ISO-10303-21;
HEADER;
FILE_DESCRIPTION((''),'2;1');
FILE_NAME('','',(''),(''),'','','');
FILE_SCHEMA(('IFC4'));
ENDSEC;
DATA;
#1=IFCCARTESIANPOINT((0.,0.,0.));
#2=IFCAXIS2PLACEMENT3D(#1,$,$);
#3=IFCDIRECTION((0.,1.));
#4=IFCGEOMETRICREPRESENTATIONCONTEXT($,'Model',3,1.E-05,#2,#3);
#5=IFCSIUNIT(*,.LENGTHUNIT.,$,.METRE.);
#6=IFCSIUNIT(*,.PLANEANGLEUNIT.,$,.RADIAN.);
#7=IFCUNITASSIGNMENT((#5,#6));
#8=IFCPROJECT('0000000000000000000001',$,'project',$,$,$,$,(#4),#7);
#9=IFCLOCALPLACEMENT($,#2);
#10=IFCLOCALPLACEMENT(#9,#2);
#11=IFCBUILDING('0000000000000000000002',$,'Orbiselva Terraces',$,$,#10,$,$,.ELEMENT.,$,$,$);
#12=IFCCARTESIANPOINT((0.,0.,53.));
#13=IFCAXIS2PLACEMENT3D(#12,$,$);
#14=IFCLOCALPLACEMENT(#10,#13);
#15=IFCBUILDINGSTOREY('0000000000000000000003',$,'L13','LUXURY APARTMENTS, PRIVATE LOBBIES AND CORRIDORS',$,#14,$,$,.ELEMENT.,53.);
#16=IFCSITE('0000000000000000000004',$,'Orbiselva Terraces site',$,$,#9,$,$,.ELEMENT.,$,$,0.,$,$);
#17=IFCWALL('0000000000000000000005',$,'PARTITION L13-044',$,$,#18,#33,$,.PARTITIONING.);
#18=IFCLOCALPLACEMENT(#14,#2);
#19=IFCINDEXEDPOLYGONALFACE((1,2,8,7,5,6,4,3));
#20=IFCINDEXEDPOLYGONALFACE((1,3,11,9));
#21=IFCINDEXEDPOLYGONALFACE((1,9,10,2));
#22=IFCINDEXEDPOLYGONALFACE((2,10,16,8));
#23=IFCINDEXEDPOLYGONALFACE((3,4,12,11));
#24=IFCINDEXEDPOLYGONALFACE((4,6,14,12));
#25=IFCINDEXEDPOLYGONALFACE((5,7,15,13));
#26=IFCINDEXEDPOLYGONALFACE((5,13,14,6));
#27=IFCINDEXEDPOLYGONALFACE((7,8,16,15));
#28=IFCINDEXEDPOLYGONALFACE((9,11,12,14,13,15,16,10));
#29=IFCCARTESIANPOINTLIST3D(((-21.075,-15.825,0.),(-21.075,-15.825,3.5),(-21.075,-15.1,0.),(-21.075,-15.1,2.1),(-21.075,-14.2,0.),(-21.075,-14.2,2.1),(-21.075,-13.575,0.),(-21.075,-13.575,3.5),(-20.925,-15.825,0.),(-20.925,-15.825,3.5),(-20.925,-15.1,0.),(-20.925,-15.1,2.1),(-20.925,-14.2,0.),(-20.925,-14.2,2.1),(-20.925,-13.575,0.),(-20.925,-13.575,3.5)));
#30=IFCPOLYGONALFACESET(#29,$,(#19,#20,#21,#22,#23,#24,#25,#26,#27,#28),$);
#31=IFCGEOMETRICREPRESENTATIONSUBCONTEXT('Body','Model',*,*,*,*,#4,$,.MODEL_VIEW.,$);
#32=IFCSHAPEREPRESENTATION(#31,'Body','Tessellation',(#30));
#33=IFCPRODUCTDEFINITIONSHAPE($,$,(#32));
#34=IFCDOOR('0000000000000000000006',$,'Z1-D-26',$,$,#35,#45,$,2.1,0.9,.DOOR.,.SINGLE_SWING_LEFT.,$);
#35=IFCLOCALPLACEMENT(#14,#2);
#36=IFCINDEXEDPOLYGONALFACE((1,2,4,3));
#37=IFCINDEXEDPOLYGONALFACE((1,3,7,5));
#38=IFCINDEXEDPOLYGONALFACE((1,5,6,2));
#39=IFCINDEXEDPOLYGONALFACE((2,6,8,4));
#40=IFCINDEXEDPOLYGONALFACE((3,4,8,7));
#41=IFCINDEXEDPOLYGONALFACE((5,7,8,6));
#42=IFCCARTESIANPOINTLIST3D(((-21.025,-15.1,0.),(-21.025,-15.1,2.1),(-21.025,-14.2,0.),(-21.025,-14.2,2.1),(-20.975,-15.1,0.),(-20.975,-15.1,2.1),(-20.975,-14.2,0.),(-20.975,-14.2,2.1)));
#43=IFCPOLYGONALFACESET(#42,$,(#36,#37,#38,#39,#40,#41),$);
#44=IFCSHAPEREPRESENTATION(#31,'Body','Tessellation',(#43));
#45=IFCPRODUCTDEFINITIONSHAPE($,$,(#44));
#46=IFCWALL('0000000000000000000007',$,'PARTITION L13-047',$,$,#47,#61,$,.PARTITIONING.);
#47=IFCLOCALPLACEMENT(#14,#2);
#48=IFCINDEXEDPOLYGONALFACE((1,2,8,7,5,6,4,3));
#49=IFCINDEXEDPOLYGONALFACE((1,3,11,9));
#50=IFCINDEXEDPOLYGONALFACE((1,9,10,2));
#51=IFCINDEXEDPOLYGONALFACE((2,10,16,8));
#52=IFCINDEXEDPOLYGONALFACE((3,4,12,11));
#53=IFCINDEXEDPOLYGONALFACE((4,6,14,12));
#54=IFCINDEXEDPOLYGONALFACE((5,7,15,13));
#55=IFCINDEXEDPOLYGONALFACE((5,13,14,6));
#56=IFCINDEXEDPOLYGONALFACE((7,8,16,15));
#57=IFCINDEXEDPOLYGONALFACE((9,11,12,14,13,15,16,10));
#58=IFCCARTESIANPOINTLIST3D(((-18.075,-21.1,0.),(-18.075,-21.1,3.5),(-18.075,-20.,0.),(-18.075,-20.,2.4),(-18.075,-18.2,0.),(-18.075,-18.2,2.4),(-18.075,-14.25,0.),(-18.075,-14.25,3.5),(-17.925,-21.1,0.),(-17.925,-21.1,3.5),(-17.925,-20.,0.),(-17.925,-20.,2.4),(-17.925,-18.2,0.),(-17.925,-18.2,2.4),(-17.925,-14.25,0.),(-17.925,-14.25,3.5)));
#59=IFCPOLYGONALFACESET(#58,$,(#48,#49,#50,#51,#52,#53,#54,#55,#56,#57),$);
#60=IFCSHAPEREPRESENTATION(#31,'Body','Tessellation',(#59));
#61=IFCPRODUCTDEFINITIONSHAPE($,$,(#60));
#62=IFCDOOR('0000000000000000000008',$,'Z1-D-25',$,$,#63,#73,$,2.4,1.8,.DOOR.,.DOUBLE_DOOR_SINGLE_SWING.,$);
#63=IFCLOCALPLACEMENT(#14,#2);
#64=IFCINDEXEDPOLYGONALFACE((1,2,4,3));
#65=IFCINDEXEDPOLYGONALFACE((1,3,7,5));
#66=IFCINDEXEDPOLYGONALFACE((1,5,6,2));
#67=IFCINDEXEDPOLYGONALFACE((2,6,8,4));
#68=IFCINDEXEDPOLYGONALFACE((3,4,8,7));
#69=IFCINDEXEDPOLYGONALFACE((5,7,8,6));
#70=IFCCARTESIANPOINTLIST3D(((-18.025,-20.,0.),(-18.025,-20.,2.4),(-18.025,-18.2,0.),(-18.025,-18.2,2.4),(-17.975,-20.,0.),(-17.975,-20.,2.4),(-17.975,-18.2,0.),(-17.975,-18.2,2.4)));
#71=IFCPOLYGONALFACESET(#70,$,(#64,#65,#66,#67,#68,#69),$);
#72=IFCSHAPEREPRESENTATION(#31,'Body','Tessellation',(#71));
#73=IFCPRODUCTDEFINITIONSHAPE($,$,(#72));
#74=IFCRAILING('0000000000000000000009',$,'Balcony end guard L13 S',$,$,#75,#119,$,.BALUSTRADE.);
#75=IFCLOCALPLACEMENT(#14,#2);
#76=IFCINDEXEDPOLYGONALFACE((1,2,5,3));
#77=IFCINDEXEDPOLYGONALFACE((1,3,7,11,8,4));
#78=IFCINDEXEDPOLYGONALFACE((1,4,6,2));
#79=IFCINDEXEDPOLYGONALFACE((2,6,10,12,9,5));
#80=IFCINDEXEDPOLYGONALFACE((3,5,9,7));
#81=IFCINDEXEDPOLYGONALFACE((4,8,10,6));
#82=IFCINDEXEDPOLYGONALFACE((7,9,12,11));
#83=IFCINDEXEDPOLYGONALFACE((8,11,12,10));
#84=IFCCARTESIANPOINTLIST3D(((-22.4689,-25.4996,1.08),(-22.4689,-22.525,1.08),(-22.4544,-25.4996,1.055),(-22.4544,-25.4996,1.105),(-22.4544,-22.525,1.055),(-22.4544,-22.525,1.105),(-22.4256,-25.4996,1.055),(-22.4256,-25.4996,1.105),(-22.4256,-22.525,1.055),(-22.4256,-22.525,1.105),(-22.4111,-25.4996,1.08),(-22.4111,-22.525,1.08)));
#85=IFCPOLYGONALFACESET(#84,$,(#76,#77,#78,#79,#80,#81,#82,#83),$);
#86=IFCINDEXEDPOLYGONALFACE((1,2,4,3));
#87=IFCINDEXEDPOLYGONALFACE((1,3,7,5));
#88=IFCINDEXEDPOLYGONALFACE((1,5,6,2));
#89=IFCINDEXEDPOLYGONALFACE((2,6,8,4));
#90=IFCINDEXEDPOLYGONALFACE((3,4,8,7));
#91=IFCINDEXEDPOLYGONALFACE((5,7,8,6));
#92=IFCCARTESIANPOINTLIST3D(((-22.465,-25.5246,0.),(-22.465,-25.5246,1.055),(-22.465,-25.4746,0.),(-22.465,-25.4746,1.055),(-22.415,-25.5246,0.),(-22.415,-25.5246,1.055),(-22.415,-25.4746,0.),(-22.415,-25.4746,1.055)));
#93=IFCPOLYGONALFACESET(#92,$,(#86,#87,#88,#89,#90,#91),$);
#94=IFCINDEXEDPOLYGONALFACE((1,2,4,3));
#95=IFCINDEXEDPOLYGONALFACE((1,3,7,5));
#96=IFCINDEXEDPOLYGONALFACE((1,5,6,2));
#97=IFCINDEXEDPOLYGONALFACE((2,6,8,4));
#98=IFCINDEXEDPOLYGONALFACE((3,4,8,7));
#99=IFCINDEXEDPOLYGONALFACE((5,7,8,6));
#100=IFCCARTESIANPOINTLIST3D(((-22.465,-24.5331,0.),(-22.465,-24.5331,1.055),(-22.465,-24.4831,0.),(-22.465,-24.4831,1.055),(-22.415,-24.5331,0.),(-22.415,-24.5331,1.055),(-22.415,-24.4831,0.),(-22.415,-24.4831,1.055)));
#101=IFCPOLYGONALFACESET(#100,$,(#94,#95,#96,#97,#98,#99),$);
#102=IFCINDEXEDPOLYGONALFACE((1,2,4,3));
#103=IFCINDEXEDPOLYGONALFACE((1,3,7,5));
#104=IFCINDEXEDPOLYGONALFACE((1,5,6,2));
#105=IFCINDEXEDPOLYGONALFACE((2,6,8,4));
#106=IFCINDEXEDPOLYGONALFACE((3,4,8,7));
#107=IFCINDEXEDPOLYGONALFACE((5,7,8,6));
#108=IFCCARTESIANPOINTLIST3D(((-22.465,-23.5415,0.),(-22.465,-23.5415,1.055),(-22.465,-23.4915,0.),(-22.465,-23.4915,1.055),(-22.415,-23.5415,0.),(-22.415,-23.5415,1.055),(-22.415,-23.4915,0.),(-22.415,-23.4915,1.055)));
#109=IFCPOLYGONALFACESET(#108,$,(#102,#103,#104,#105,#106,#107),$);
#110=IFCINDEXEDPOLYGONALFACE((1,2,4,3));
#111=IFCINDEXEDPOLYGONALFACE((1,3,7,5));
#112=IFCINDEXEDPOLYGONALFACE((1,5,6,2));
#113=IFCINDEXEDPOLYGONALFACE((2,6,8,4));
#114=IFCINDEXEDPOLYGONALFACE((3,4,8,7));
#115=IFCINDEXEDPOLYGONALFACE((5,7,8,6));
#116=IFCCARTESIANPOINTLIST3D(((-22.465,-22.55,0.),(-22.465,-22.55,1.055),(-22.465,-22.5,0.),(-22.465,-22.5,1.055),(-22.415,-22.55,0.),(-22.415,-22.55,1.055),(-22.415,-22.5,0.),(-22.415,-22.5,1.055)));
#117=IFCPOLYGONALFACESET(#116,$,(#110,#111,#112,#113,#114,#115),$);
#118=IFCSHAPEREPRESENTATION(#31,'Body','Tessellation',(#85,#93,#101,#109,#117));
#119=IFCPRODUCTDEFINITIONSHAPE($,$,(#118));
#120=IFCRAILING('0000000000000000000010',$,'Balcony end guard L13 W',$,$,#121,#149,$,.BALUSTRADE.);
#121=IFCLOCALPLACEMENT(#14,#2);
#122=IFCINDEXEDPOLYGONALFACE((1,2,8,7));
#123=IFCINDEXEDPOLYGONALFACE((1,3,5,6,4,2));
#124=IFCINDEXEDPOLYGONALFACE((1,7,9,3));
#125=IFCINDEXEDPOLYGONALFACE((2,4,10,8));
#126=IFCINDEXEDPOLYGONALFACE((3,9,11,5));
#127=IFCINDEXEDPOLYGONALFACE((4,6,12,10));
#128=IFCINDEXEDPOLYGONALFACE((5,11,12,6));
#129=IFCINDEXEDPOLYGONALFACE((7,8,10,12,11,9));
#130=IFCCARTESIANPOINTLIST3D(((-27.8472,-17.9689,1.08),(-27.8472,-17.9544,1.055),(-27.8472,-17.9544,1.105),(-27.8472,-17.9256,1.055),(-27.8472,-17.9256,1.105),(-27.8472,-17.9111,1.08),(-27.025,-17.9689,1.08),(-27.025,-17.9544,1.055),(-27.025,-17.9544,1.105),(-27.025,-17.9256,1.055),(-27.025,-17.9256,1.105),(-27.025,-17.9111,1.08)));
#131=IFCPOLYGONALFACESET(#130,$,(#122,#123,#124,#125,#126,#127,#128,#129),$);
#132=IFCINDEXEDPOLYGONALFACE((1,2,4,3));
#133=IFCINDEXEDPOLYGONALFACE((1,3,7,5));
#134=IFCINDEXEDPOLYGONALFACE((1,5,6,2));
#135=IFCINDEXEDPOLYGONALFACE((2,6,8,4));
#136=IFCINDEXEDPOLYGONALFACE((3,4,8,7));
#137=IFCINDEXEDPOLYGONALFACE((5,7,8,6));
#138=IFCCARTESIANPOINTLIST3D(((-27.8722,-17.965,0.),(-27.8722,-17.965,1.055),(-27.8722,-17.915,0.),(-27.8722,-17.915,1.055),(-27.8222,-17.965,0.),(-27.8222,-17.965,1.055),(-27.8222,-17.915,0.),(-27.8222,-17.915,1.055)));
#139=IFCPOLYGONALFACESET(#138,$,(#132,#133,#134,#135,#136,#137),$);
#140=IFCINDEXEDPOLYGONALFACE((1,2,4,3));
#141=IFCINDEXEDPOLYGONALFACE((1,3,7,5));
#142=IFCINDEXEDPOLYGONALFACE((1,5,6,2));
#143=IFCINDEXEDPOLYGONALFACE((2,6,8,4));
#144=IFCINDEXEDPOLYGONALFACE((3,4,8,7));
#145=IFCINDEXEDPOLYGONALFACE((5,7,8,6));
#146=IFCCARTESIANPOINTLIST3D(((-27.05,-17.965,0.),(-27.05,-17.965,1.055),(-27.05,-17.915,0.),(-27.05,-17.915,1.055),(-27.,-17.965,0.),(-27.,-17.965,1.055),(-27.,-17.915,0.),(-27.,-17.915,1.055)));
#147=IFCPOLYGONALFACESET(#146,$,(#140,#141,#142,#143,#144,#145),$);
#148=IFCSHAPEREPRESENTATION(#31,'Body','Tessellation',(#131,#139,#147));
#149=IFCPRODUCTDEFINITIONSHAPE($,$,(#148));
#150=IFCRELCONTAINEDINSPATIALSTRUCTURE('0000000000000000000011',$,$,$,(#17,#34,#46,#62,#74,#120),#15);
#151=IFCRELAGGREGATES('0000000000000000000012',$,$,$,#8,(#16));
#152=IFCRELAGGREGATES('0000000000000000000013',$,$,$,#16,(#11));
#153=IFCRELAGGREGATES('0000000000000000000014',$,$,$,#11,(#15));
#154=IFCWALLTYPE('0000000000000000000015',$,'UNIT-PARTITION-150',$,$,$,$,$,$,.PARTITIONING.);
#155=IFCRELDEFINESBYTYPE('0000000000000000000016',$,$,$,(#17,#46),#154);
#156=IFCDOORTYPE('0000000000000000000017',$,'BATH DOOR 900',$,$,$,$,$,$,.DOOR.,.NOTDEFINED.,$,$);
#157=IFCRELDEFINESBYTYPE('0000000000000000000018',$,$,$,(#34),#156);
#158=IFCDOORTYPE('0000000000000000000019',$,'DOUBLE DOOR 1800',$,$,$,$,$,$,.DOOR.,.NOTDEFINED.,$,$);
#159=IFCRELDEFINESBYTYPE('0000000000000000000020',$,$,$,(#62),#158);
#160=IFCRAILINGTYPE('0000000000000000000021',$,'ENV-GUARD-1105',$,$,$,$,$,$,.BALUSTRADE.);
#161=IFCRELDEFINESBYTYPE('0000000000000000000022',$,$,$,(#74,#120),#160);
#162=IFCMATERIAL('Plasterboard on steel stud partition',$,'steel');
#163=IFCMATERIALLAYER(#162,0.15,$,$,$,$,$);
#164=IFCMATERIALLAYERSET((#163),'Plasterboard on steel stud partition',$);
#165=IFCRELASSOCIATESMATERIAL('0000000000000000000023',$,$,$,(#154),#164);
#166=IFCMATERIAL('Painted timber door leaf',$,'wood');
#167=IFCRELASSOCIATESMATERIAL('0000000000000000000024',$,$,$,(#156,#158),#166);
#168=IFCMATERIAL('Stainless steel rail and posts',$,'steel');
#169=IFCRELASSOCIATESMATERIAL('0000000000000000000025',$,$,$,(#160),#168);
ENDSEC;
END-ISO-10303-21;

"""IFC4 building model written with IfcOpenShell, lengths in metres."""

from ifc_helpers import new_model, si_unit, direction, frame, frame_2d, origin, origin_2d, place, context, subcontext, project, spatial, polyline, rectangle, outline, extrude, material, layer, layer_set, type_object, element, fill, save


model = new_model("IFC4")

# Units and contexts
model_context = context("Model", 3, precision=1e-05, world=origin(), true_north=direction((0.0, 1.0)))
body_context = subcontext(model_context, "Body", "Model", "MODEL_VIEW")
ifc_project = project(units=[si_unit("LENGTHUNIT", "METRE"), si_unit("PLANEANGLEUNIT", "RADIAN")], contexts=[model_context])

# Site, building, storey
site_placement = place(None, origin())
site = spatial("IfcSite", under=ifc_project, at=site_placement, Name="Orbiselva Terraces site", CompositionType="ELEMENT", RefElevation=0.0)
building_placement = place(site_placement, origin())
building = spatial("IfcBuilding", under=site, at=building_placement, Name="Orbiselva Terraces", CompositionType="ELEMENT")
storey_placement = place(building_placement, frame((0.0, 0.0, 53.0)))
storey = spatial("IfcBuildingStorey", under=building, at=storey_placement, Name="L13", Description="LUXURY APARTMENTS, PRIVATE LOBBIES AND CORRIDORS", CompositionType="ELEMENT", Elevation=53.0)

# Shared definitions
ifc_material_1 = material(Name="Plasterboard on steel stud partition", Category="steel")
ifc_layer_1 = layer(ifc_material_1, 0.15)
ifc_layer_set_1 = layer_set([ifc_layer_1], Name="Plasterboard on steel stud partition")
wall_type_1 = type_object("IfcWallType", Name="UNIT-PARTITION-150", PredefinedType="PARTITIONING", material=ifc_layer_set_1)

# Walls, openings, doors
wall_1_placement = place(storey_placement, frame((-21.0, -13.575, 0.0), z_axis=(0.0, 0.0, 1.0), x_axis=(0.0, -1.0, 0.0)))
wall_1 = element("IfcWall", 1, at=wall_1_placement, inside=storey, type_object=wall_type_1, Name="PARTITION L13-044", PredefinedType="PARTITIONING", context=body_context, shape_type="SweptSolid", body=[
    extrude(rectangle(XDim=2.25, YDim=0.15, at=frame_2d((1.125, 0.0))), origin(), (0.0, 0.0, 1.0), 3.5),
])
opening_1_placement = place(wall_1_placement, frame((0.625, 0.0, 0.0)))
opening_1 = element("IfcOpeningElement", 2, at=opening_1_placement, cuts=wall_1, PredefinedType="OPENING", context=body_context, shape_type="SweptSolid", body=[
    extrude(rectangle(XDim=0.9, YDim=2.1, at=frame_2d((0.45, 1.05))), frame((0.0, 0.085, 0.0), z_axis=(0.0, -1.0, 0.0), x_axis=(1.0, 0.0, 0.0)), (0.0, 0.0, 1.0), 0.17),
])
ifc_material_2 = material(Name="Painted timber door leaf", Category="wood")
door_type_1 = type_object("IfcDoorType", Name="BATH DOOR 900", OperationType="NOTDEFINED", PredefinedType="DOOR", material=ifc_material_2)
door_1_placement = place(opening_1_placement, origin())
door_1 = element("IfcDoor", 3, at=door_1_placement, inside=storey, type_object=door_type_1, Name="Z1-D-26", OperationType="SINGLE_SWING_LEFT", OverallHeight=2.1, OverallWidth=0.9, PredefinedType="DOOR", context=body_context, shape_type="SweptSolid", body=[
    extrude(rectangle(XDim=0.9, YDim=2.1, at=frame_2d((0.45, 1.05))), frame((0.0, 0.025, 0.0), z_axis=(0.0, -1.0, 0.0), x_axis=(1.0, 0.0, 0.0)), (0.0, 0.0, 1.0), 0.05),
])
fill(opening_1, door_1)
wall_2_placement = place(storey_placement, frame((-18.0, -21.1, 0.0), z_axis=(0.0, 0.0, 1.0), x_axis=(0.0, 1.0, 0.0)))
wall_2 = element("IfcWall", 4, at=wall_2_placement, inside=storey, type_object=wall_type_1, Name="PARTITION L13-047", PredefinedType="PARTITIONING", context=body_context, shape_type="SweptSolid", body=[
    extrude(rectangle(XDim=6.85, YDim=0.15, at=frame_2d((3.425, 0.0))), origin(), (0.0, 0.0, 1.0), 3.5),
])
opening_2_placement = place(wall_2_placement, frame((1.1, 0.0, 0.0)))
opening_2 = element("IfcOpeningElement", 5, at=opening_2_placement, cuts=wall_2, PredefinedType="OPENING", context=body_context, shape_type="SweptSolid", body=[
    extrude(rectangle(XDim=1.8, YDim=2.4, at=frame_2d((0.9, 1.2))), frame((0.0, 0.085, 0.0), z_axis=(0.0, -1.0, 0.0), x_axis=(1.0, 0.0, 0.0)), (0.0, 0.0, 1.0), 0.17),
])
door_type_2 = type_object("IfcDoorType", Name="DOUBLE DOOR 1800", OperationType="NOTDEFINED", PredefinedType="DOOR", material=ifc_material_2)
door_2_placement = place(opening_2_placement, origin())
door_2 = element("IfcDoor", 6, at=door_2_placement, inside=storey, type_object=door_type_2, Name="Z1-D-25", OperationType="DOUBLE_DOOR_SINGLE_SWING", OverallHeight=2.4, OverallWidth=1.8, PredefinedType="DOOR", context=body_context, shape_type="SweptSolid", body=[
    extrude(rectangle(XDim=1.8, YDim=2.4, at=frame_2d((0.9, 1.2))), frame((0.0, 0.025, 0.0), z_axis=(0.0, -1.0, 0.0), x_axis=(1.0, 0.0, 0.0)), (0.0, 0.0, 1.0), 0.05),
])
fill(opening_2, door_2)

# Railings
ifc_material_3 = material(Name="Stainless steel rail and posts", Category="steel")
railing_type_1 = type_object("IfcRailingType", Name="ENV-GUARD-1105", PredefinedType="BALUSTRADE", material=ifc_material_3)
railing_1_placement = place(storey_placement, frame((-22.44, -25.4996, 0.0)))
element("IfcRailing", 7, at=railing_1_placement, inside=storey, type_object=railing_type_1, Name="Balcony end guard L13 S", PredefinedType="BALUSTRADE", context=body_context, shape_type="SweptSolid", body=[
    extrude(outline(polyline([(0.0289, 0.0), (0.0144, 0.025), (-0.0144, 0.025), (-0.0289, 0.0), (-0.0144, -0.025), (0.0144, -0.025), (0.0289, 0.0)])), frame((0.0, 0.0, 1.08), z_axis=(0.0, 1.0, 0.0), x_axis=(-1.0, 0.0, 0.0)), (0.0, 0.0, 1.0), 2.9746),
    extrude(rectangle(XDim=0.05, YDim=0.05, at=origin_2d()), origin(), (0.0, 0.0, 1.0), 1.055),
    extrude(rectangle(XDim=0.05, YDim=0.05, at=origin_2d()), frame((0.0, 0.9915, 0.0)), (0.0, 0.0, 1.0), 1.055),
    extrude(rectangle(XDim=0.05, YDim=0.05, at=origin_2d()), frame((0.0, 1.9831, 0.0)), (0.0, 0.0, 1.0), 1.055),
    extrude(rectangle(XDim=0.05, YDim=0.05, at=origin_2d()), frame((0.0, 2.9746, 0.0)), (0.0, 0.0, 1.0), 1.055),
])
railing_2_placement = place(storey_placement, frame((-27.8472, -17.94, 0.0)))
element("IfcRailing", 8, at=railing_2_placement, inside=storey, type_object=railing_type_1, Name="Balcony end guard L13 W", PredefinedType="BALUSTRADE", context=body_context, shape_type="SweptSolid", body=[
    extrude(outline(polyline([(0.0289, 0.0), (0.0144, 0.025), (-0.0144, 0.025), (-0.0289, 0.0), (-0.0144, -0.025), (0.0144, -0.025), (0.0289, 0.0)])), frame((0.0, 0.0, 1.08), z_axis=(1.0, 0.0, 0.0), x_axis=(0.0, 1.0, 0.0)), (0.0, 0.0, 1.0), 0.8222),
    extrude(rectangle(XDim=0.05, YDim=0.05, at=origin_2d()), origin(), (0.0, 0.0, 1.0), 1.055),
    extrude(rectangle(XDim=0.05, YDim=0.05, at=origin_2d()), frame((0.8222, 0.0, 0.0)), (0.0, 0.0, 1.0), 1.055),
])

save(model, "model.ifc")
